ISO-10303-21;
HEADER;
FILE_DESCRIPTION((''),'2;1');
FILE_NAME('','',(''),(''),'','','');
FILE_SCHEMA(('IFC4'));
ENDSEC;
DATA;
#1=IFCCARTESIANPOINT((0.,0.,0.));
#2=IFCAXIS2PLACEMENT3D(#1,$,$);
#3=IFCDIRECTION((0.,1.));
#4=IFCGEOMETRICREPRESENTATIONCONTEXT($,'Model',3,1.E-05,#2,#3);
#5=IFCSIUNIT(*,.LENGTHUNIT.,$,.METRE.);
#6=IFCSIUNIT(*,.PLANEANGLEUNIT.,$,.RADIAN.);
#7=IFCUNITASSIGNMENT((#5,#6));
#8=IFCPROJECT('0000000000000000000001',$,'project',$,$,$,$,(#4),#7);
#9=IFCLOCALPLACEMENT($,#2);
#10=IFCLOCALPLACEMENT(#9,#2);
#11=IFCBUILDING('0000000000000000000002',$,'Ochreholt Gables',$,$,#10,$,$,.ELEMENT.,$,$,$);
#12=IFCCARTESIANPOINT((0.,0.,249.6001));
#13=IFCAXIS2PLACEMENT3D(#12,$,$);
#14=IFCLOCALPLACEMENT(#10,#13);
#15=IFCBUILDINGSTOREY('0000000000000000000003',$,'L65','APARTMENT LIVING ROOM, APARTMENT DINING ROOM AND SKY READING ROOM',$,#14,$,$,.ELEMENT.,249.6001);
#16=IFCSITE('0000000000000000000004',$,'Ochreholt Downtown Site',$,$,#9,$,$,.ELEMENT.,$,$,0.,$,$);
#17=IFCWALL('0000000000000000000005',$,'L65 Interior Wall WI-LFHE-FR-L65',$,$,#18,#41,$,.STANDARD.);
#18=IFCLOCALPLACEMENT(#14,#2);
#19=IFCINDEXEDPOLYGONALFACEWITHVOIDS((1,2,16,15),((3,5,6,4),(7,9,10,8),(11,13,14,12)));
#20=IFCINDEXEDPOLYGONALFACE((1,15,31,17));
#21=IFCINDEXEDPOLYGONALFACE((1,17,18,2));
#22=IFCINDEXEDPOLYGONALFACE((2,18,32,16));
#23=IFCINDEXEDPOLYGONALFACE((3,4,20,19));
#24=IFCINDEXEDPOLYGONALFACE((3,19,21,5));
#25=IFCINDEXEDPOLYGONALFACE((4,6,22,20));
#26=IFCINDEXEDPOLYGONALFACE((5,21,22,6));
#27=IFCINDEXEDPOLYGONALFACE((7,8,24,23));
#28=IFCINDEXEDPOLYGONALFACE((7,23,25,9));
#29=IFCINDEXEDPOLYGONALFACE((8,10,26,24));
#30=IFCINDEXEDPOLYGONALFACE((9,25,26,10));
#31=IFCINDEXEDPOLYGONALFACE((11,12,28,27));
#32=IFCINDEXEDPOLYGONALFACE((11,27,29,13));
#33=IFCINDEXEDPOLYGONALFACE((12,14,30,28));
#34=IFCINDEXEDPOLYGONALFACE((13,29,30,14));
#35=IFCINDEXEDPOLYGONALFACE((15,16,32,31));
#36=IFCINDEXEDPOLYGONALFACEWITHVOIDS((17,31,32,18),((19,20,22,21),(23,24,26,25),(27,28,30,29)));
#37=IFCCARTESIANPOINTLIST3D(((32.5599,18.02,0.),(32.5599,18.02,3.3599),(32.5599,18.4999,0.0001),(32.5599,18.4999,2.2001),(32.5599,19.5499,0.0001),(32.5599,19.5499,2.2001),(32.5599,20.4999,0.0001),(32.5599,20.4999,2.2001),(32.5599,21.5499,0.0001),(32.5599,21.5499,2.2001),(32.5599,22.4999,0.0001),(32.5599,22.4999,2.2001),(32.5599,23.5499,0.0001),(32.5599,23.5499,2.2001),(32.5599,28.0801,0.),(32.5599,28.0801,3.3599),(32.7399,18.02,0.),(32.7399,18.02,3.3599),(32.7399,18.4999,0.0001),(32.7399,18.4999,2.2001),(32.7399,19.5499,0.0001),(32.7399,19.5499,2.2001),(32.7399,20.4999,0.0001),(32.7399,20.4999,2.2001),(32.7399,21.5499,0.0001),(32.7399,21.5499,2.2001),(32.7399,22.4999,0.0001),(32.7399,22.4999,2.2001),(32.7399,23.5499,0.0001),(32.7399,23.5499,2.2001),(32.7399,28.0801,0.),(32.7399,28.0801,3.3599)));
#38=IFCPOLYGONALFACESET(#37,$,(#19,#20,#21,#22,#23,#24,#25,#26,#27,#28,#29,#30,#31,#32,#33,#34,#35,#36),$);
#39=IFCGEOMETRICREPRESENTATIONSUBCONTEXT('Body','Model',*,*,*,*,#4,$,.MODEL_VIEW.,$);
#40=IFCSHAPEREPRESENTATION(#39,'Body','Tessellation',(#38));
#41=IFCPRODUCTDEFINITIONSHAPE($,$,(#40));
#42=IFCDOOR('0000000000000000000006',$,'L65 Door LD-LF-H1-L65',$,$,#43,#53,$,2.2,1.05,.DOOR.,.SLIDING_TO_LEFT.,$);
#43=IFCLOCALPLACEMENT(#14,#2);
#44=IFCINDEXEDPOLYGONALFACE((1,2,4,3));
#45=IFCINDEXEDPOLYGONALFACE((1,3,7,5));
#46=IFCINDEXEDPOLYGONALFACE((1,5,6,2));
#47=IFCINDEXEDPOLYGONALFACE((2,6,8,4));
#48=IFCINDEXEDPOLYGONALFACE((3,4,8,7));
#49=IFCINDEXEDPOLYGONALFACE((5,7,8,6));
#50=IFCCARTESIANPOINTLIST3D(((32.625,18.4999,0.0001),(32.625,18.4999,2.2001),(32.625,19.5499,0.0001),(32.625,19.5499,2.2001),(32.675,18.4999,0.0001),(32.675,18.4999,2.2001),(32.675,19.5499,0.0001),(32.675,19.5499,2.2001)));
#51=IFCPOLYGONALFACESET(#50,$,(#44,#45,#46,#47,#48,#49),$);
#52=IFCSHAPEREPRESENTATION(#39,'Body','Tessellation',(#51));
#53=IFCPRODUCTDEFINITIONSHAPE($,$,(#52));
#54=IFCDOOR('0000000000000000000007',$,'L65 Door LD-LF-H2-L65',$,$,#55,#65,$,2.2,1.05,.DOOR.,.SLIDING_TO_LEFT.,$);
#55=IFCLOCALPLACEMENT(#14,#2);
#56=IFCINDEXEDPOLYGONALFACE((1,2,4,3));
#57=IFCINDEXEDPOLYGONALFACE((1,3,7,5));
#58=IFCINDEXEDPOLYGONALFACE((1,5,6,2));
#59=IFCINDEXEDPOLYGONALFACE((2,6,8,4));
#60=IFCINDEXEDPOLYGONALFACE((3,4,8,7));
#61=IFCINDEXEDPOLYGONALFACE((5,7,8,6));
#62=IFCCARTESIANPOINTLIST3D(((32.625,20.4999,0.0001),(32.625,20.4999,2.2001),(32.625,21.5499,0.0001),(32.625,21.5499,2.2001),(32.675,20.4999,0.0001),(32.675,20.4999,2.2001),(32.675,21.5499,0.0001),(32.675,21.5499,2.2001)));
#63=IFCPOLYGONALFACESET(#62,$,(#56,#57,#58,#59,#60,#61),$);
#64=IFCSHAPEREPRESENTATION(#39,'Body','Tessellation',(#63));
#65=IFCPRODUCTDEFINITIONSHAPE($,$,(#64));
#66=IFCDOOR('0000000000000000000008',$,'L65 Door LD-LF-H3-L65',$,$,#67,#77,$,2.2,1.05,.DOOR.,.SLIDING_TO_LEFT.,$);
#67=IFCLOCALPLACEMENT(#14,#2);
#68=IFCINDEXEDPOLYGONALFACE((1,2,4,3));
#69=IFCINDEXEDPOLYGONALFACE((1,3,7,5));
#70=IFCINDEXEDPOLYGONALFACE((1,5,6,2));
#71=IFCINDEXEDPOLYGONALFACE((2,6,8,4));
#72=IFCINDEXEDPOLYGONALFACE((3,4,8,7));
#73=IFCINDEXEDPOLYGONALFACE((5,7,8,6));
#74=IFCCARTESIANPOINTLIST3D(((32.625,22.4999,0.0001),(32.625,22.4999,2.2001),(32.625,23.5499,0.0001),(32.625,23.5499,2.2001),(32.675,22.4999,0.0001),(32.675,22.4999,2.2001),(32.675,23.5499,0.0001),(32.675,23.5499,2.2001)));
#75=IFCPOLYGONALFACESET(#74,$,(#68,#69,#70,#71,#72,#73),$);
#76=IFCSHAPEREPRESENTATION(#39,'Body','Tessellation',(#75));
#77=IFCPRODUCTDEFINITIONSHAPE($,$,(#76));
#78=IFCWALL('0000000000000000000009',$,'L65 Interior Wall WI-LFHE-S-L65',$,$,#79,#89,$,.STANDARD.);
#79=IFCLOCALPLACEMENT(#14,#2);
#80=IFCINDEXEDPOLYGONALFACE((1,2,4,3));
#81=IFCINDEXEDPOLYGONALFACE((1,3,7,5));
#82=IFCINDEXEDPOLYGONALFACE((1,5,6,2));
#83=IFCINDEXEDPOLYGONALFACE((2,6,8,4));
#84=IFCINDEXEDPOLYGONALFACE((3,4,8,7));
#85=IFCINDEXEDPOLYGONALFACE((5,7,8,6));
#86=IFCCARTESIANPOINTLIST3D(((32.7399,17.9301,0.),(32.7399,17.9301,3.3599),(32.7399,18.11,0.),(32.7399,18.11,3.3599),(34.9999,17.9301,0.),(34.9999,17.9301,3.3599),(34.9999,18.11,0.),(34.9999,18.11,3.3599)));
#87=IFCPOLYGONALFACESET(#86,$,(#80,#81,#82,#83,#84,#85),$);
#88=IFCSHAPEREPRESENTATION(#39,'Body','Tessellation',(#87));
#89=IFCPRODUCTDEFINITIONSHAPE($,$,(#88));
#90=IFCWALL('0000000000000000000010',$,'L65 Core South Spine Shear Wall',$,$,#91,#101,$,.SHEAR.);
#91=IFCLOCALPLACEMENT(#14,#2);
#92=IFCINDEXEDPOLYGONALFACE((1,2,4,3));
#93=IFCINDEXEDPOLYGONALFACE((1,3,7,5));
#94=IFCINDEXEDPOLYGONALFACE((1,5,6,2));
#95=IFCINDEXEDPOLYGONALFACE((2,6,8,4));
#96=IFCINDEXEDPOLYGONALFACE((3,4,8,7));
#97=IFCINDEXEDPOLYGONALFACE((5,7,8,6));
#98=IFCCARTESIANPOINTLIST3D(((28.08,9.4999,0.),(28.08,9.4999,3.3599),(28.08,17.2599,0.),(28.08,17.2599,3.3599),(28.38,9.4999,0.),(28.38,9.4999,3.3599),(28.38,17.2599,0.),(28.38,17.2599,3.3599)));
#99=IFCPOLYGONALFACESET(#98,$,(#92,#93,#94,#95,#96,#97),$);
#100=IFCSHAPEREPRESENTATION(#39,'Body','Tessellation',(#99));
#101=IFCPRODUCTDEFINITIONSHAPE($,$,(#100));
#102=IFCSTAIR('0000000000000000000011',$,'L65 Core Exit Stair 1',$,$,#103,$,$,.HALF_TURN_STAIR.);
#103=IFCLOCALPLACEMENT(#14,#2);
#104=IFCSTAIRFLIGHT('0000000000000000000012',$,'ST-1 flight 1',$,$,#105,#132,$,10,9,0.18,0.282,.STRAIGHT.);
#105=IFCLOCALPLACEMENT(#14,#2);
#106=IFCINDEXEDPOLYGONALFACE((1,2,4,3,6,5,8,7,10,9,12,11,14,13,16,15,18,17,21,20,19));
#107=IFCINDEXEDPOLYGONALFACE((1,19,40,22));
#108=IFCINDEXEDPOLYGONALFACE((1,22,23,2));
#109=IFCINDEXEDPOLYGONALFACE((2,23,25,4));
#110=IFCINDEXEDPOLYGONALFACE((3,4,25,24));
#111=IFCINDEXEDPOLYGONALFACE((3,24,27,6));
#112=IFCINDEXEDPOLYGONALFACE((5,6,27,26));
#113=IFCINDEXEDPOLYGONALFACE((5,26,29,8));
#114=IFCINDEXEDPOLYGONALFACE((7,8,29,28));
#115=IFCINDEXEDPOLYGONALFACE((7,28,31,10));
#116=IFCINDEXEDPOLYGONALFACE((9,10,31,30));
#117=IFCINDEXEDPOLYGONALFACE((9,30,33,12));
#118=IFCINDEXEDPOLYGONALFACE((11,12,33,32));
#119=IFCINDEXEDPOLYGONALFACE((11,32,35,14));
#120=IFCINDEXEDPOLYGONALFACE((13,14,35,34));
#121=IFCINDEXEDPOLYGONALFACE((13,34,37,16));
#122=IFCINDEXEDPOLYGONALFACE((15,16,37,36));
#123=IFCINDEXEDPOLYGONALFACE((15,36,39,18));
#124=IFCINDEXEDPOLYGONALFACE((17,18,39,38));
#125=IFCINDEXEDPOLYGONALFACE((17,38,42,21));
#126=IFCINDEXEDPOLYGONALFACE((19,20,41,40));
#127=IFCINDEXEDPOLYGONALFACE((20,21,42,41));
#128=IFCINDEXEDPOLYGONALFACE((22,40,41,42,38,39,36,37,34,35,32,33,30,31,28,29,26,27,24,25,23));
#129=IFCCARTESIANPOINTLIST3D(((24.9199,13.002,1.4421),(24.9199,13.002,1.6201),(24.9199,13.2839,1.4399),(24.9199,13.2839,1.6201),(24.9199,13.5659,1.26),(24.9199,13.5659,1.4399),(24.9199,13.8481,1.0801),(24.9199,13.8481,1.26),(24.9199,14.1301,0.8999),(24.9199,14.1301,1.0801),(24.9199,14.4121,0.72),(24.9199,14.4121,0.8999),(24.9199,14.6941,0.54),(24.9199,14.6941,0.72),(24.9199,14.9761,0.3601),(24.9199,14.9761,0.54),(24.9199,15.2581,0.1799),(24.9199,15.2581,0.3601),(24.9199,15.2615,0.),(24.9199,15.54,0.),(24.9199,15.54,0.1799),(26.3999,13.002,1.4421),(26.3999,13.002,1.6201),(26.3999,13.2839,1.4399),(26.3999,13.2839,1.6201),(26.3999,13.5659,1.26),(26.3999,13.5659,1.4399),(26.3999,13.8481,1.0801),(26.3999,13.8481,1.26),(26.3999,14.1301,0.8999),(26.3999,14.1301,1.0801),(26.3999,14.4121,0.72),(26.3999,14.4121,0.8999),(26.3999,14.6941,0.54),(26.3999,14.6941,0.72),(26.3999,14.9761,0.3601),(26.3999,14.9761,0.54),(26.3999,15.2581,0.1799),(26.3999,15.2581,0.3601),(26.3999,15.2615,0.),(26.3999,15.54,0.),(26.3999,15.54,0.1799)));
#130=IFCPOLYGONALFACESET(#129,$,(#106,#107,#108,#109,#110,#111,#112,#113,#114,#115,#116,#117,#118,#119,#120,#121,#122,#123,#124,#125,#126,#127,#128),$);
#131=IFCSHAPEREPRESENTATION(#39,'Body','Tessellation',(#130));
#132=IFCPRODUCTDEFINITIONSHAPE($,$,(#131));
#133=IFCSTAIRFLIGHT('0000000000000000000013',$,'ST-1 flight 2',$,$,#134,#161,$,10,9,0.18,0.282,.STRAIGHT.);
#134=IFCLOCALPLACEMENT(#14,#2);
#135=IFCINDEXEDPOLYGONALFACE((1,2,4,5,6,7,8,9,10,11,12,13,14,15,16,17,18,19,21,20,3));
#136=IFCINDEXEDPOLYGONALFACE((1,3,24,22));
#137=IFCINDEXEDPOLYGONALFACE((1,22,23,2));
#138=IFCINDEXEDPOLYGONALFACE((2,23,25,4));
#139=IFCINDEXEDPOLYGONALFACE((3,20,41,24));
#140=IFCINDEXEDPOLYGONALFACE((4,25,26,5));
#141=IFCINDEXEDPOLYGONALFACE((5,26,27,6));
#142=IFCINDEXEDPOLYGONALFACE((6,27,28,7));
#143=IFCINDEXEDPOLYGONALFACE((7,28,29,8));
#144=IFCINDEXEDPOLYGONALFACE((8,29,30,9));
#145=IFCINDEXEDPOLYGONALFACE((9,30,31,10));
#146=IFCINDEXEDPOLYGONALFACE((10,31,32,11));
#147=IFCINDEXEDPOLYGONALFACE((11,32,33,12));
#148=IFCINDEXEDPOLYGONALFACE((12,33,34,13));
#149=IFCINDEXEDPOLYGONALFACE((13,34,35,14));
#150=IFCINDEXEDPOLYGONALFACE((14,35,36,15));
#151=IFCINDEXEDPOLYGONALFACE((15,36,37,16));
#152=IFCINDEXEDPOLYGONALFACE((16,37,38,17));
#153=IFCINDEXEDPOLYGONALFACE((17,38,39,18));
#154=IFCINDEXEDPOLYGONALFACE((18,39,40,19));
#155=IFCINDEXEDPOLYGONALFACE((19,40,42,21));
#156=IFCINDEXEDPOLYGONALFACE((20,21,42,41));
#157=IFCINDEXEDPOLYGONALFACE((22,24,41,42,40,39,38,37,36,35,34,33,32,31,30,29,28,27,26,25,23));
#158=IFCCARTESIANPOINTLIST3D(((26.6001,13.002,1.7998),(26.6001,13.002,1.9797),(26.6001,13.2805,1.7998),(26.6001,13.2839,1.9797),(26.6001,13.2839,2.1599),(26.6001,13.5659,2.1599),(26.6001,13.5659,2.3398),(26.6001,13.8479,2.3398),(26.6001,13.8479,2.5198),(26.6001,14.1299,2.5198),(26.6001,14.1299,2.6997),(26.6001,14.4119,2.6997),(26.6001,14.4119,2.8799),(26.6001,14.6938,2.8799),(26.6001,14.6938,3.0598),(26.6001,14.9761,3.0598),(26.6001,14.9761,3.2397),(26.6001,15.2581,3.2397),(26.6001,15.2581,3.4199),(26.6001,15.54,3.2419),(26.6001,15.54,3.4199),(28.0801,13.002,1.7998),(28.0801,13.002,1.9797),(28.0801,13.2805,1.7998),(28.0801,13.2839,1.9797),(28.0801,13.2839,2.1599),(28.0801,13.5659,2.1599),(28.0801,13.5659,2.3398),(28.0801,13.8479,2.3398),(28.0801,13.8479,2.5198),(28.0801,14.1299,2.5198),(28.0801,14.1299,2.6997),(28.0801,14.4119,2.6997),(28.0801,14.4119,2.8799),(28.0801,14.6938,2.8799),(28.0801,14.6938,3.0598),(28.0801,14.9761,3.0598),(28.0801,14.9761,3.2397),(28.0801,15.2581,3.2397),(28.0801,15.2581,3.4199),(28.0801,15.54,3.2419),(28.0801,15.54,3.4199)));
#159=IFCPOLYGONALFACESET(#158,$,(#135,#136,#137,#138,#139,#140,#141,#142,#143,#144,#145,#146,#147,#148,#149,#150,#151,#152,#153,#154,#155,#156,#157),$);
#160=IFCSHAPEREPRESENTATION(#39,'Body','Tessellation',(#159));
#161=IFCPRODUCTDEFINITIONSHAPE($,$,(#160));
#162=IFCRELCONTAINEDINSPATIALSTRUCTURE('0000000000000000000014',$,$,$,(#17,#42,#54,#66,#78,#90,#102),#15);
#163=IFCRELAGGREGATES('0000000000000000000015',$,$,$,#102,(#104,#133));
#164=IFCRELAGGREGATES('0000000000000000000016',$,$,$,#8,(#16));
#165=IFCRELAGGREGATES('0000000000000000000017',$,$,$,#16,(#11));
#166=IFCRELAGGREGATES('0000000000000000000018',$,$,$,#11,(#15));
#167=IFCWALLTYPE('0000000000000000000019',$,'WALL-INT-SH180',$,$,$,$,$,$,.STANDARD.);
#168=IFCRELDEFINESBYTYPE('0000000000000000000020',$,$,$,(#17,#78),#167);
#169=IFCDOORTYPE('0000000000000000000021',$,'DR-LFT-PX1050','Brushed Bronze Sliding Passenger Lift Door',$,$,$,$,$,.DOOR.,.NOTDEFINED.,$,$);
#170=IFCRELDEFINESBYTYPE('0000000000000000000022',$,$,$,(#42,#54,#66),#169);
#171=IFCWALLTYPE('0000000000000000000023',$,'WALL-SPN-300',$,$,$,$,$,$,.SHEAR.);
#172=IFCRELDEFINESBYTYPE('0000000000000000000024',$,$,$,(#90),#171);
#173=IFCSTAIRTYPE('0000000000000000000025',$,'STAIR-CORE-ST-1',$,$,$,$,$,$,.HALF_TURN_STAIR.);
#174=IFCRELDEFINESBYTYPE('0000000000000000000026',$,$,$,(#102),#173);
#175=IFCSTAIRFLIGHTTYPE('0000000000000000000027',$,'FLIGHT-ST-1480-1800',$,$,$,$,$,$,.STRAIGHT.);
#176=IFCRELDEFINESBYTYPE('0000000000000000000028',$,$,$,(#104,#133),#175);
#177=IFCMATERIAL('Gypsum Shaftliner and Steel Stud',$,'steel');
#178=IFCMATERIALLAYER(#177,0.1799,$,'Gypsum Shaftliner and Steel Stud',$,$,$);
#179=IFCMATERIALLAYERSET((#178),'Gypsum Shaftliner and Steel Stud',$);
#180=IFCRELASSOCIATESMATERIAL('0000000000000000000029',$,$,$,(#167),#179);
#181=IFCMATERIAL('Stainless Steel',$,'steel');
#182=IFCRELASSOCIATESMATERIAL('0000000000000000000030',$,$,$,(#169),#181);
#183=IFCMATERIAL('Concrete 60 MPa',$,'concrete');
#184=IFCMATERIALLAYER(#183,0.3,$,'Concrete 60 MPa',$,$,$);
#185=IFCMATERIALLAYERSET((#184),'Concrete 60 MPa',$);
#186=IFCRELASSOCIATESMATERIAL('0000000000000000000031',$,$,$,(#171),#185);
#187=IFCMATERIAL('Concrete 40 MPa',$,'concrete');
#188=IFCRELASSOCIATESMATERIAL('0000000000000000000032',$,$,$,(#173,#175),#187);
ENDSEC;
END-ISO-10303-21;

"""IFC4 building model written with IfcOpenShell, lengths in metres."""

from ifc_helpers import new_model, si_unit, direction, frame, frame_2d, origin, place, context, subcontext, project, spatial, polyline, rectangle, outline, extrude, material, layer, layer_set, type_object, element, fill, aggregate, save


model = new_model("IFC4")

# Units and contexts
model_context = context("Model", 3, precision=1e-05, world=origin(), true_north=direction((0.0, 1.0)))
body_context = subcontext(model_context, "Body", "Model", "MODEL_VIEW")
ifc_project = project(units=[si_unit("LENGTHUNIT", "METRE"), si_unit("PLANEANGLEUNIT", "RADIAN")], contexts=[model_context])

# Site, building, storey
site_placement = place(None, origin())
site = spatial("IfcSite", under=ifc_project, at=site_placement, Name="Ochreholt Downtown Site", CompositionType="ELEMENT", RefElevation=0.0)
building_placement = place(site_placement, origin())
building = spatial("IfcBuilding", under=site, at=building_placement, Name="Ochreholt Gables", CompositionType="ELEMENT")
storey_placement = place(building_placement, frame((0.0, 0.0, 249.6001)))
storey = spatial("IfcBuildingStorey", under=building, at=storey_placement, Name="L65", Description="APARTMENT LIVING ROOM, APARTMENT DINING ROOM AND SKY READING ROOM", CompositionType="ELEMENT", Elevation=249.6001)

# Shared definitions
ifc_material_1 = material(Name="Concrete 40 MPa", Category="concrete")

# Wall, openings, doors
ifc_material_2 = material(Name="Gypsum Shaftliner and Steel Stud", Category="steel")
ifc_layer_1 = layer(ifc_material_2, 0.1799, Name="Gypsum Shaftliner and Steel Stud")
ifc_layer_set_1 = layer_set([ifc_layer_1], Name="Gypsum Shaftliner and Steel Stud")
wall_type_1 = type_object("IfcWallType", Name="WALL-INT-SH180", PredefinedType="STANDARD", material=ifc_layer_set_1)
wall_1_placement = place(storey_placement, frame((32.6499, 18.02, 0.0), z_axis=(0.0, 0.0, 1.0), x_axis=(0.0, 1.0, 0.0)))
wall_1 = element("IfcWall", 1, at=wall_1_placement, inside=storey, type_object=wall_type_1, Name="L65 Interior Wall WI-LFHE-FR-L65", PredefinedType="STANDARD", context=body_context, shape_type="SweptSolid", body=[
    extrude(rectangle(XDim=10.0601, YDim=0.1799, at=frame_2d((5.03, 0.0))), origin(), (0.0, 0.0, 1.0), 3.3599),
])
opening_1_placement = place(wall_1_placement, frame((0.48, 0.0, 0.0)))
opening_1 = element("IfcOpeningElement", 2, at=opening_1_placement, cuts=wall_1, PredefinedType="OPENING", context=body_context, shape_type="SweptSolid", body=[
    extrude(rectangle(XDim=1.05, YDim=2.2, at=frame_2d((0.5249, 1.1001))), frame((0.0, 0.0999, 0.0), z_axis=(0.0, -1.0, 0.0), x_axis=(1.0, 0.0, 0.0)), (0.0, 0.0, 1.0), 0.2),
])
opening_2_placement = place(wall_1_placement, frame((2.48, 0.0, 0.0)))
opening_2 = element("IfcOpeningElement", 3, at=opening_2_placement, cuts=wall_1, PredefinedType="OPENING", context=body_context, shape_type="SweptSolid", body=[
    extrude(rectangle(XDim=1.05, YDim=2.2, at=frame_2d((0.5249, 1.1001))), frame((0.0, 0.0999, 0.0), z_axis=(0.0, -1.0, 0.0), x_axis=(1.0, 0.0, 0.0)), (0.0, 0.0, 1.0), 0.2),
])
opening_3_placement = place(wall_1_placement, frame((4.48, 0.0, 0.0)))
opening_3 = element("IfcOpeningElement", 4, at=opening_3_placement, cuts=wall_1, PredefinedType="OPENING", context=body_context, shape_type="SweptSolid", body=[
    extrude(rectangle(XDim=1.05, YDim=2.2, at=frame_2d((0.5249, 1.1001))), frame((0.0, 0.0999, 0.0), z_axis=(0.0, -1.0, 0.0), x_axis=(1.0, 0.0, 0.0)), (0.0, 0.0, 1.0), 0.2),
])
ifc_material_3 = material(Name="Stainless Steel", Category="steel")
door_type_1 = type_object("IfcDoorType", Name="DR-LFT-PX1050", Description="Brushed Bronze Sliding Passenger Lift Door", OperationType="NOTDEFINED", PredefinedType="DOOR", material=ifc_material_3)
door_1_placement = place(opening_1_placement, origin())
door_1 = element("IfcDoor", 5, at=door_1_placement, inside=storey, type_object=door_type_1, Name="L65 Door LD-LF-H1-L65", OperationType="SLIDING_TO_LEFT", OverallHeight=2.2, OverallWidth=1.05, PredefinedType="DOOR", context=body_context, shape_type="SweptSolid", body=[
    extrude(rectangle(XDim=1.05, YDim=2.2, at=frame_2d((0.5249, 1.1001))), frame((0.0, 0.0249, 0.0), z_axis=(0.0, -1.0, 0.0), x_axis=(1.0, 0.0, 0.0)), (0.0, 0.0, 1.0), 0.05),
])
fill(opening_1, door_1)
door_2_placement = place(opening_2_placement, origin())
door_2 = element("IfcDoor", 6, at=door_2_placement, inside=storey, type_object=door_type_1, Name="L65 Door LD-LF-H2-L65", OperationType="SLIDING_TO_LEFT", OverallHeight=2.2, OverallWidth=1.05, PredefinedType="DOOR", context=body_context, shape_type="SweptSolid", body=[
    extrude(rectangle(XDim=1.05, YDim=2.2, at=frame_2d((0.5249, 1.1001))), frame((0.0, 0.0249, 0.0), z_axis=(0.0, -1.0, 0.0), x_axis=(1.0, 0.0, 0.0)), (0.0, 0.0, 1.0), 0.05),
])
fill(opening_2, door_2)
door_3_placement = place(opening_3_placement, origin())
door_3 = element("IfcDoor", 7, at=door_3_placement, inside=storey, type_object=door_type_1, Name="L65 Door LD-LF-H3-L65", OperationType="SLIDING_TO_LEFT", OverallHeight=2.2, OverallWidth=1.05, PredefinedType="DOOR", context=body_context, shape_type="SweptSolid", body=[
    extrude(rectangle(XDim=1.05, YDim=2.2, at=frame_2d((0.5249, 1.1001))), frame((0.0, 0.0249, 0.0), z_axis=(0.0, -1.0, 0.0), x_axis=(1.0, 0.0, 0.0)), (0.0, 0.0, 1.0), 0.05),
])
fill(opening_3, door_3)

# Walls
wall_2_placement = place(storey_placement, frame((32.74, 18.02, 0.0), z_axis=(0.0, 0.0, 1.0), x_axis=(1.0, 0.0, 0.0)))
element("IfcWall", 8, at=wall_2_placement, inside=storey, type_object=wall_type_1, Name="L65 Interior Wall WI-LFHE-S-L65", PredefinedType="STANDARD", context=body_context, shape_type="SweptSolid", body=[
    extrude(rectangle(XDim=2.26, YDim=0.1799, at=frame_2d((1.1299, 0.0))), origin(), (0.0, 0.0, 1.0), 3.3599),
])
ifc_material_4 = material(Name="Concrete 60 MPa", Category="concrete")
ifc_layer_2 = layer(ifc_material_4, 0.3, Name="Concrete 60 MPa")
ifc_layer_set_2 = layer_set([ifc_layer_2], Name="Concrete 60 MPa")
wall_type_2 = type_object("IfcWallType", Name="WALL-SPN-300", PredefinedType="SHEAR", material=ifc_layer_set_2)
wall_3_placement = place(storey_placement, frame((28.23, 9.5, 0.0), z_axis=(0.0, 0.0, 1.0), x_axis=(0.0, 1.0, 0.0)))
element("IfcWall", 9, at=wall_3_placement, inside=storey, type_object=wall_type_2, Name="L65 Core South Spine Shear Wall", PredefinedType="SHEAR", context=body_context, shape_type="SweptSolid", body=[
    extrude(rectangle(XDim=7.76, YDim=0.3, at=frame_2d((3.8799, 0.0))), origin(), (0.0, 0.0, 1.0), 3.3599),
])

# Stair, stair flights
stair_type = type_object("IfcStairType", Name="STAIR-CORE-ST-1", PredefinedType="HALF_TURN_STAIR", material=ifc_material_1)
stair_placement = place(storey_placement, origin())
stair = element("IfcStair", 10, at=stair_placement, inside=storey, type_object=stair_type, Name="L65 Core Exit Stair 1", PredefinedType="HALF_TURN_STAIR")
stair_flight_type = type_object("IfcStairFlightType", Name="FLIGHT-ST-1480-1800", PredefinedType="STRAIGHT", material=ifc_material_1)
stair_flight_1_placement = place(storey_placement, frame((25.6599, 15.54, 0.0), z_axis=(0.0, 0.0, 1.0), x_axis=(0.0, -1.0, 0.0)))
stair_flight_1 = element("IfcStairFlight", 11, at=stair_flight_1_placement, type_object=stair_flight_type, Name="ST-1 flight 1", NumberOfRisers=10, NumberOfTreads=9, PredefinedType="STRAIGHT", RiserHeight=0.18, TreadLength=0.282, context=body_context, shape_type="SweptSolid", body=[
    extrude(outline(polyline([(0.0, 0.0), (0.0, 0.1799), (0.282, 0.1799), (0.282, 0.3601), (0.564, 0.3601), (0.564, 0.54), (0.8459, 0.54), (0.8459, 0.72), (1.1279, 0.72), (1.1279, 0.8999), (1.4099, 0.8999), (1.4099, 1.0801), (1.6919, 1.0801), (1.6919, 1.26), (1.9741, 1.26), (1.9741, 1.4399), (2.2561, 1.4399), (2.2561, 1.6201), (2.5381, 1.6201), (2.5381, 1.8), (2.5381, 1.4421), (0.2786, 0.0), (0.0, 0.0)])), frame((0.0, 0.74, 0.0), z_axis=(0.0, -1.0, 0.0), x_axis=(1.0, 0.0, 0.0)), (0.0, 0.0, 1.0), 1.48),
])
stair_flight_2_placement = place(storey_placement, frame((27.3401, 13.002, 1.7998), z_axis=(0.0, 0.0, 1.0), x_axis=(0.0, 1.0, 0.0)))
stair_flight_2 = element("IfcStairFlight", 12, at=stair_flight_2_placement, type_object=stair_flight_type, Name="ST-1 flight 2", NumberOfRisers=10, NumberOfTreads=9, PredefinedType="STRAIGHT", RiserHeight=0.18, TreadLength=0.282, context=body_context, shape_type="SweptSolid", body=[
    extrude(outline(polyline([(0.0, 0.0), (0.0, 0.1799), (0.282, 0.1799), (0.282, 0.3601), (0.564, 0.3601), (0.564, 0.54), (0.8459, 0.54), (0.8459, 0.72), (1.1279, 0.72), (1.1279, 0.8999), (1.4099, 0.8999), (1.4099, 1.0801), (1.6919, 1.0801), (1.6919, 1.26), (1.9741, 1.26), (1.9741, 1.4399), (2.2561, 1.4399), (2.2561, 1.6201), (2.5381, 1.6201), (2.5381, 1.8), (2.5381, 1.4421), (0.2786, 0.0), (0.0, 0.0)])), frame((0.0, 0.74, 0.0), z_axis=(0.0, -1.0, 0.0), x_axis=(1.0, 0.0, 0.0)), (0.0, 0.0, 1.0), 1.48),
])
aggregate(stair, [stair_flight_1, stair_flight_2])

save(model, "model.ifc")
